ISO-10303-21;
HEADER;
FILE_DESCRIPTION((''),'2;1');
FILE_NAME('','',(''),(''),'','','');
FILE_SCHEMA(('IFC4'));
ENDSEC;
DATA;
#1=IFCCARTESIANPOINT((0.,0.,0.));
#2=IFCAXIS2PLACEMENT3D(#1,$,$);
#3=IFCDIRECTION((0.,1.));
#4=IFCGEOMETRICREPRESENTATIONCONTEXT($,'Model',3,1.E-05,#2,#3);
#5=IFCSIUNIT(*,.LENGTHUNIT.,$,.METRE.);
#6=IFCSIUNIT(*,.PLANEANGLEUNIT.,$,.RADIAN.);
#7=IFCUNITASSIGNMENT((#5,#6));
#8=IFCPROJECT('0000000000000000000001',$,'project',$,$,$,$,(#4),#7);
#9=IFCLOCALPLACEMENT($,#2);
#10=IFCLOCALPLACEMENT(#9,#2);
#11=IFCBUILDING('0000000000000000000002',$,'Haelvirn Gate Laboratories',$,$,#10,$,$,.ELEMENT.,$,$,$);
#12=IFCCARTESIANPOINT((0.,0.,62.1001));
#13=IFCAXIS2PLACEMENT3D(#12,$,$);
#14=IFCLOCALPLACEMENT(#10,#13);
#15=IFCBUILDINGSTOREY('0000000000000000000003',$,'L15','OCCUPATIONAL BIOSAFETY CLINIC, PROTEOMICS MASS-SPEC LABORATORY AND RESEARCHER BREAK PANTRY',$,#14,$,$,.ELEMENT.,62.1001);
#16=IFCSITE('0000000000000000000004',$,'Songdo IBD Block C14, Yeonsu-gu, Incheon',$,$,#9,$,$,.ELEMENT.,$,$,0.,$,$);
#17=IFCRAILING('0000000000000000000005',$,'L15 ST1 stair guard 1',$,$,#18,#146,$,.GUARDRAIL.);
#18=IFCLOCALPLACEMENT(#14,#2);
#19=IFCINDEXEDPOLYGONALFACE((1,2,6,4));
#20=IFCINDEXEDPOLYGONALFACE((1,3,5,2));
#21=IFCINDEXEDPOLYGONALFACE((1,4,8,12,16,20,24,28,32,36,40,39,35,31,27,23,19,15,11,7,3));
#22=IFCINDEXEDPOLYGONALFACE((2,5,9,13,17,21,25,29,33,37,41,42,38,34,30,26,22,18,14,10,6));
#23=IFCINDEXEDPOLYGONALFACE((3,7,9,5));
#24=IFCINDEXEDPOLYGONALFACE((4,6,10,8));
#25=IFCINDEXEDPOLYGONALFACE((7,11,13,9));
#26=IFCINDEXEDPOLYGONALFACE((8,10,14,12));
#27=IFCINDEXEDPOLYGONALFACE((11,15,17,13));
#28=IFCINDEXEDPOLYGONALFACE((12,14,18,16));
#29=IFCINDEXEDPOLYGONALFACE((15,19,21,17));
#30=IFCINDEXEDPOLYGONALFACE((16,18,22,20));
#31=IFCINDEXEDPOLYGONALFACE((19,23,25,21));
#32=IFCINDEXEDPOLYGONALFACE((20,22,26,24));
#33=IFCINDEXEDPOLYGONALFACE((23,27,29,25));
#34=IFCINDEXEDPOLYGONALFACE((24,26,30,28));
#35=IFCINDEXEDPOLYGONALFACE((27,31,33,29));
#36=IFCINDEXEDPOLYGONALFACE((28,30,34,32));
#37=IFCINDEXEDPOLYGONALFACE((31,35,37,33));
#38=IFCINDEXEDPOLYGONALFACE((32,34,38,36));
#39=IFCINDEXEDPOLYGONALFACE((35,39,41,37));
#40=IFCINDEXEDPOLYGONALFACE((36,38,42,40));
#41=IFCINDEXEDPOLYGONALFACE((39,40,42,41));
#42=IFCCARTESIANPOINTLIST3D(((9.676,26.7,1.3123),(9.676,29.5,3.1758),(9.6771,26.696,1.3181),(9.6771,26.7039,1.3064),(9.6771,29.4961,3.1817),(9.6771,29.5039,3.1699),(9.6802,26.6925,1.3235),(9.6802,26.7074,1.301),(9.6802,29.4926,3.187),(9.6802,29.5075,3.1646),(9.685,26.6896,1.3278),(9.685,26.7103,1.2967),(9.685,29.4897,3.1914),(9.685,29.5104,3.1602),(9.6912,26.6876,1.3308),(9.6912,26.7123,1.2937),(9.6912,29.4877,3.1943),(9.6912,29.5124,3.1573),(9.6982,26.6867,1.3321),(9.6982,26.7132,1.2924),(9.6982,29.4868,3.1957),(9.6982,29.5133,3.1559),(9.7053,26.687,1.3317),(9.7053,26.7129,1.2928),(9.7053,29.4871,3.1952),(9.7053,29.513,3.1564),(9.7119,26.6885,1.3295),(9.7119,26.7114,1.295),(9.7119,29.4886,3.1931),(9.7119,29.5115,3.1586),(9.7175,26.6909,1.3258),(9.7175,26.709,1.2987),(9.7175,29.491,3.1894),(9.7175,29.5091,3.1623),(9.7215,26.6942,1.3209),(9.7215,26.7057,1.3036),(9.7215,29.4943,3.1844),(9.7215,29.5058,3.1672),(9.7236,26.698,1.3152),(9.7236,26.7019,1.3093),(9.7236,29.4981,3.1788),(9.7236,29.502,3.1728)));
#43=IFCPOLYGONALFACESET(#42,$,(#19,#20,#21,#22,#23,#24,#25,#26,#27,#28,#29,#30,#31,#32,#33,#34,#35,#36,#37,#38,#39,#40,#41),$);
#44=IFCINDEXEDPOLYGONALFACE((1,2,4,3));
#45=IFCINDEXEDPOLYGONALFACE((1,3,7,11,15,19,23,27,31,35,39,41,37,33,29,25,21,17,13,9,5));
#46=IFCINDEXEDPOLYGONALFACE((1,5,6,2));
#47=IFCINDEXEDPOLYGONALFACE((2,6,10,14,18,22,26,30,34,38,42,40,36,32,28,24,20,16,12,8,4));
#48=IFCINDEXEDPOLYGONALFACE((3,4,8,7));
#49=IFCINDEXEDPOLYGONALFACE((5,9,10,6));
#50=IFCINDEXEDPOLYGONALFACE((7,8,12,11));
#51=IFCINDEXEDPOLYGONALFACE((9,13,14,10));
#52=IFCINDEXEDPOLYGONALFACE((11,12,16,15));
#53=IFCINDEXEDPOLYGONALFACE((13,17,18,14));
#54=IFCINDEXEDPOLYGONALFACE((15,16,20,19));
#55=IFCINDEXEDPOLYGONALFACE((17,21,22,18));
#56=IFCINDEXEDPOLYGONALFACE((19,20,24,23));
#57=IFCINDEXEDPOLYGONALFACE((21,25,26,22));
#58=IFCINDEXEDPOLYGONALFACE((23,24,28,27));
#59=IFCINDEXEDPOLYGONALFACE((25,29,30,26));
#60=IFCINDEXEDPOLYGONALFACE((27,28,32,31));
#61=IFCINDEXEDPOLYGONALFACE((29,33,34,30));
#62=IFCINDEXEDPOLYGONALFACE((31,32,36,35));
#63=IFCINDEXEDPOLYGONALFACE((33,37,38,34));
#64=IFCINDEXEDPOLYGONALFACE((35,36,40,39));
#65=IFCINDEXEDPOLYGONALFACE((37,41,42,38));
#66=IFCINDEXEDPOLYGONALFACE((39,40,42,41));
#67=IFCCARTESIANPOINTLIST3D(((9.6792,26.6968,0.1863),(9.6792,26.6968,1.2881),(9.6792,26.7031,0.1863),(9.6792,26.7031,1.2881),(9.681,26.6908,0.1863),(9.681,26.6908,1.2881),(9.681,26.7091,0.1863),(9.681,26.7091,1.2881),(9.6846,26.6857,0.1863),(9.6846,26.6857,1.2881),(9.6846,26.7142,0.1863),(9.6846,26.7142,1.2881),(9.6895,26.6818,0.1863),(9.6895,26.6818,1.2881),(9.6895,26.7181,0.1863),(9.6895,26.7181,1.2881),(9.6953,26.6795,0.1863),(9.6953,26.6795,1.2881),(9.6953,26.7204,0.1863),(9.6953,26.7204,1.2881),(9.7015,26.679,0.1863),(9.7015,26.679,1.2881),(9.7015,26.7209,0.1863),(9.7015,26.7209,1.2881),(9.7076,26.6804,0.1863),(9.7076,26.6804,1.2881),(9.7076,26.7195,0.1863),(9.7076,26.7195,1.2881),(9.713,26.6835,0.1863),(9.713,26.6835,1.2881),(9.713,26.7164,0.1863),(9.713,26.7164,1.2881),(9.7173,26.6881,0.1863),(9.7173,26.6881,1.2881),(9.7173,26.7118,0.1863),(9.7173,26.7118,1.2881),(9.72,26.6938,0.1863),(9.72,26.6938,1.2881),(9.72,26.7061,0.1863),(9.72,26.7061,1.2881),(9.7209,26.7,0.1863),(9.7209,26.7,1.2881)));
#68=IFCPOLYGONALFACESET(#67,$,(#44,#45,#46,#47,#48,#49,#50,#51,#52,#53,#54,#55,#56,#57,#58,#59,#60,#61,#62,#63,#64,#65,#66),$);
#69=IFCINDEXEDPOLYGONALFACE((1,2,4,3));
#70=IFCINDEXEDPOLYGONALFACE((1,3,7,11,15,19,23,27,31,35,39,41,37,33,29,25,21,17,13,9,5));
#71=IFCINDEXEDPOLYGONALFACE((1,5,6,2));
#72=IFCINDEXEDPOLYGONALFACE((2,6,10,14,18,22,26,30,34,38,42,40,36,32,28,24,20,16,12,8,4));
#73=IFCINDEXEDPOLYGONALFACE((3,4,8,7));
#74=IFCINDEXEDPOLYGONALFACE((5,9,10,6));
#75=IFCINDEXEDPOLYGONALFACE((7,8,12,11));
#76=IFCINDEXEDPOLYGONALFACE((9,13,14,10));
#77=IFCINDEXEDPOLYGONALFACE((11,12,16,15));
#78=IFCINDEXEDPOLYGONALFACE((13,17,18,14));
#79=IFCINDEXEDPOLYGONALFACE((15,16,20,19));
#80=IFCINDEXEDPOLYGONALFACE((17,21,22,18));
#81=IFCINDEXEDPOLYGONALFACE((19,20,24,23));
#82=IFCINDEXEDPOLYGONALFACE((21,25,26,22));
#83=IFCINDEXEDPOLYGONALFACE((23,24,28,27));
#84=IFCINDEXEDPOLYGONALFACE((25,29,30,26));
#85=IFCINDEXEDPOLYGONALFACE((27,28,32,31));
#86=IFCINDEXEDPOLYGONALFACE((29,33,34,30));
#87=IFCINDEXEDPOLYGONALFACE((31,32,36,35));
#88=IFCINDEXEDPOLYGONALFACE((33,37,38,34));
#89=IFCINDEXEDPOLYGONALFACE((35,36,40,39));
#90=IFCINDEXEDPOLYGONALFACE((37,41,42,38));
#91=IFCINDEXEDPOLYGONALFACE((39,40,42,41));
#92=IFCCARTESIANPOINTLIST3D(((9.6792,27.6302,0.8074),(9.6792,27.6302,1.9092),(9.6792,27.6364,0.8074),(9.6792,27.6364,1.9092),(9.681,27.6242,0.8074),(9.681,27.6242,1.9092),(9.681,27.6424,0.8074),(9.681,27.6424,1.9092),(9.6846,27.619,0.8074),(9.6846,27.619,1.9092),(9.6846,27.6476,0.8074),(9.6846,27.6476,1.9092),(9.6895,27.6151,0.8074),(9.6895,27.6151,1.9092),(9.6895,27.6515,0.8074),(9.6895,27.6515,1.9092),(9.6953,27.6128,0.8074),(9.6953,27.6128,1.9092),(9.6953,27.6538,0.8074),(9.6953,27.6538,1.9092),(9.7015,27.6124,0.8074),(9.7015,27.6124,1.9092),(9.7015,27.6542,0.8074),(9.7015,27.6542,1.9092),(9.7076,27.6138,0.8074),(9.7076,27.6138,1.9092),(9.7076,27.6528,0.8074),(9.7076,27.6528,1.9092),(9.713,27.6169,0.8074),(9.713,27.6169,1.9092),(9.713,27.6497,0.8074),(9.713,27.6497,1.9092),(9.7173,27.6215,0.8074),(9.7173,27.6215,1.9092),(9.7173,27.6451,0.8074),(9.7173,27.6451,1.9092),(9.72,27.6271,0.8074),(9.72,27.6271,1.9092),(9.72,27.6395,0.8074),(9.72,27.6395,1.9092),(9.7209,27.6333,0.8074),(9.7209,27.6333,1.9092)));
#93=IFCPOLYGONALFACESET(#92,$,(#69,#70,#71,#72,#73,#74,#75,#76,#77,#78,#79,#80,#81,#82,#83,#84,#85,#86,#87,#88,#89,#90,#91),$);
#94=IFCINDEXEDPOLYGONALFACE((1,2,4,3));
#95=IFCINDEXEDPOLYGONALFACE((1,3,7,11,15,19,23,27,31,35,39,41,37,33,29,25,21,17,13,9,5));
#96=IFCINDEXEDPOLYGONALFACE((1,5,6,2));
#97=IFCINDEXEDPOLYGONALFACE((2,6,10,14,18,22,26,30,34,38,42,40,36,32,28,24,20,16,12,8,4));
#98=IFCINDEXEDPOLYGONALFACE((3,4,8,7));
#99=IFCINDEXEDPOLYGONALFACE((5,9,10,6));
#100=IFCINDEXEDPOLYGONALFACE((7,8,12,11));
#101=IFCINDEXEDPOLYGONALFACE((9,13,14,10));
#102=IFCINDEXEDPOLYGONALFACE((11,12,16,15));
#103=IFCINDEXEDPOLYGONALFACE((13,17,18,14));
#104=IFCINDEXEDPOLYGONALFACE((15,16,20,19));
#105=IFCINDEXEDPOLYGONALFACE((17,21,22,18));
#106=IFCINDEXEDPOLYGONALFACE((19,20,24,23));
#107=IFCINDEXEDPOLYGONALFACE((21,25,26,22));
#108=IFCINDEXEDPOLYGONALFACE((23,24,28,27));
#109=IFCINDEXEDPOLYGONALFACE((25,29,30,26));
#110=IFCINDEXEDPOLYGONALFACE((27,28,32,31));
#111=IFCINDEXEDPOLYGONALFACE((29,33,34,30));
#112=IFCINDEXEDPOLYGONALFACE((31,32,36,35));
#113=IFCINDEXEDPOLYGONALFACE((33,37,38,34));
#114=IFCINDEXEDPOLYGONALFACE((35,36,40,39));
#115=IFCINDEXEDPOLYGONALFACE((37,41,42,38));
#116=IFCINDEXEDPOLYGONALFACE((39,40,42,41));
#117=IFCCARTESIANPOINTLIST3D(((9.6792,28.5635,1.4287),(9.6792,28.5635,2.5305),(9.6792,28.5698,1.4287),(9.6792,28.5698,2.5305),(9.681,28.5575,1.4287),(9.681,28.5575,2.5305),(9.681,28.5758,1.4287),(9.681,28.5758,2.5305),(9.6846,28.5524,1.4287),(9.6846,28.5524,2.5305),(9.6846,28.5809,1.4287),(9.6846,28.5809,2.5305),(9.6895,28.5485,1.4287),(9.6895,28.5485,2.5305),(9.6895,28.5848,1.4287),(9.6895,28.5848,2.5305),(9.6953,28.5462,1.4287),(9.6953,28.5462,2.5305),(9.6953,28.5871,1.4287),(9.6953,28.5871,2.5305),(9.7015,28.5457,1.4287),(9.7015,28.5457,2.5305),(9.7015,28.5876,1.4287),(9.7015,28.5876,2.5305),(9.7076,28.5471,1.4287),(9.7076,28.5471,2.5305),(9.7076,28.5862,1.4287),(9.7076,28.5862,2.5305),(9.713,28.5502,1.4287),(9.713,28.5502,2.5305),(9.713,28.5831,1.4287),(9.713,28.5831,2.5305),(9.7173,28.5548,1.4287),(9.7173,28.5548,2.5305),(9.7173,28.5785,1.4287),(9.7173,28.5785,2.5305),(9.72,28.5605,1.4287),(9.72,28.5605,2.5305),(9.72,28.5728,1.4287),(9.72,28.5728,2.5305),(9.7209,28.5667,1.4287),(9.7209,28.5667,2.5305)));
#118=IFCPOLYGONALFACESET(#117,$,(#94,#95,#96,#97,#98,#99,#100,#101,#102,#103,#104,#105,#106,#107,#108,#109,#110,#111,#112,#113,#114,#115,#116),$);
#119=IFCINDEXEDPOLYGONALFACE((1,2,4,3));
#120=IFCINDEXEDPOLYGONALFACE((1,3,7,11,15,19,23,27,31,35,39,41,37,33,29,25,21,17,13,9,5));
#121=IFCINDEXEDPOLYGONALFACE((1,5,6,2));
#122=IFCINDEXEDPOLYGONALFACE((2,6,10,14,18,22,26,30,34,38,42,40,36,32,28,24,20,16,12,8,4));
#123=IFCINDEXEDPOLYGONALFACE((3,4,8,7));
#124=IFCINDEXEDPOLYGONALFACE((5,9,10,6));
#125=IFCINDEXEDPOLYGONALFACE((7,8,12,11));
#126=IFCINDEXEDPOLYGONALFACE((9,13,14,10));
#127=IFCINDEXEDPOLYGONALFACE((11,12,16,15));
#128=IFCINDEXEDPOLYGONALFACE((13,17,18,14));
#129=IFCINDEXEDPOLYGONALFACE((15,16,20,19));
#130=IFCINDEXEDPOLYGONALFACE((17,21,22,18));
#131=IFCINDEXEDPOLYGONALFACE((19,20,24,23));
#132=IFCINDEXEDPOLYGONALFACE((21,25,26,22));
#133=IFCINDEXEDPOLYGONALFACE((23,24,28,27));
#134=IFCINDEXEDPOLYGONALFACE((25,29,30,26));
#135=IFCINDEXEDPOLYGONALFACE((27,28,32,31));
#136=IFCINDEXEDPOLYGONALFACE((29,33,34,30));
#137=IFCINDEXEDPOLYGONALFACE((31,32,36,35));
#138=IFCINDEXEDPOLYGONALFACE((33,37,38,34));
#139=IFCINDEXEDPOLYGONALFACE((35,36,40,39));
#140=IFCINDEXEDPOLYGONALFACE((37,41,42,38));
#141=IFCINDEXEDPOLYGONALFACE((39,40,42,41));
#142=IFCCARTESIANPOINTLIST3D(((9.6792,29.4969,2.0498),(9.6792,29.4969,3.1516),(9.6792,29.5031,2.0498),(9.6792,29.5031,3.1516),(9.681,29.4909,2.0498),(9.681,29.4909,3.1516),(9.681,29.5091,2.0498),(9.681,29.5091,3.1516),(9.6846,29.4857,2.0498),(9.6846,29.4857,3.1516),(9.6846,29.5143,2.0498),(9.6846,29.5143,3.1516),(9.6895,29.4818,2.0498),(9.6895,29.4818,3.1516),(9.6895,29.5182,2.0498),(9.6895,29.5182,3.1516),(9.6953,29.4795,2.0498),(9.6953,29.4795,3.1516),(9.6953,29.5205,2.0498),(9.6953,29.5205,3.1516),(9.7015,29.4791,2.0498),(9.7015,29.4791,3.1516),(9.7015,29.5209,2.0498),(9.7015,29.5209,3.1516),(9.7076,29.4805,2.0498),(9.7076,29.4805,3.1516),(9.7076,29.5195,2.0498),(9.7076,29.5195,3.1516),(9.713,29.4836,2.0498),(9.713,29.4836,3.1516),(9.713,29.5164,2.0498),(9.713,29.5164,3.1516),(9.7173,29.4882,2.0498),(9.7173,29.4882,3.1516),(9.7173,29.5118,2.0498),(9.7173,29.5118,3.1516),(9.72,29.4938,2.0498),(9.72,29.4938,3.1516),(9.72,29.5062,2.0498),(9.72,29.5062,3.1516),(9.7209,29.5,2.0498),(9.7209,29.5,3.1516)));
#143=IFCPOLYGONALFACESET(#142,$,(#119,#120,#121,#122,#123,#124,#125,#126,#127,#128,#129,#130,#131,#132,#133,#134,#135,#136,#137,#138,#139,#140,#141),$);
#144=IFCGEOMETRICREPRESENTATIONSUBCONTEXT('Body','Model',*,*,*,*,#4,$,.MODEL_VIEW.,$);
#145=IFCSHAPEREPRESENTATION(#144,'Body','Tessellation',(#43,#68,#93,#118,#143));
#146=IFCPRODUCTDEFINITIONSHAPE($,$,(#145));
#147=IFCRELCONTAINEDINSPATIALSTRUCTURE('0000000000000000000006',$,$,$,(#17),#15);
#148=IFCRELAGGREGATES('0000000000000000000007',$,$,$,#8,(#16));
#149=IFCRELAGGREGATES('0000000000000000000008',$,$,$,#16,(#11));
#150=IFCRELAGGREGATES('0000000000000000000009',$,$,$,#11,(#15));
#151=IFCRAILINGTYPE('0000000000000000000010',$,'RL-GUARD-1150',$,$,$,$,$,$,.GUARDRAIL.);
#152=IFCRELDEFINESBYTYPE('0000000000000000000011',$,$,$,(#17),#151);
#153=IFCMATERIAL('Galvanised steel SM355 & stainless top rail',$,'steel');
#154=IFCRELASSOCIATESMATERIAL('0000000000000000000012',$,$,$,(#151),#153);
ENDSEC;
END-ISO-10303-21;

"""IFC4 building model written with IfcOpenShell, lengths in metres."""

from ifc_helpers import new_model, si_unit, direction, frame, origin, origin_2d, place, context, subcontext, project, spatial, circle, extrude, source, transform, mapped, material, type_object, element, save


model = new_model("IFC4")

# Units and contexts
model_context = context("Model", 3, precision=1e-05, world=origin(), true_north=direction((0.0, 1.0)))
body_context = subcontext(model_context, "Body", "Model", "MODEL_VIEW")
ifc_project = project(units=[si_unit("LENGTHUNIT", "METRE"), si_unit("PLANEANGLEUNIT", "RADIAN")], contexts=[model_context])

# Site, building, storey
site_placement = place(None, origin())
site = spatial("IfcSite", under=ifc_project, at=site_placement, Name="Songdo IBD Block C14, Yeonsu-gu, Incheon", CompositionType="ELEMENT", RefElevation=0.0)
building_placement = place(site_placement, origin())
building = spatial("IfcBuilding", under=site, at=building_placement, Name="Haelvirn Gate Laboratories", CompositionType="ELEMENT")
storey_placement = place(building_placement, frame((0.0, 0.0, 62.1001)))
storey = spatial("IfcBuildingStorey", under=building, at=storey_placement, Name="L15", Description="OCCUPATIONAL BIOSAFETY CLINIC, PROTEOMICS MASS-SPEC LABORATORY AND RESEARCHER BREAK PANTRY", CompositionType="ELEMENT", Elevation=62.1001)

# Railing
ifc_material_1 = material(Name="Galvanised steel SM355 & stainless top rail", Category="steel")
railing_type_1 = type_object("IfcRailingType", Name="RL-GUARD-1150", PredefinedType="GUARDRAIL", material=ifc_material_1)
shared_shape_1 = source(origin(), body_context, "Body", "SweptSolid", [
    extrude(circle(Radius=0.0239, at=origin_2d()), frame((0.0, 0.0, 1.126), z_axis=(0.0, 0.832486, 0.554047), x_axis=(-1.0, 0.0, 0.0)), (0.0, 0.0, 1.0), 3.3635),
    extrude(circle(Radius=0.021, at=origin_2d()), origin(), (0.0, 0.0, 1.0), 1.1018),
    extrude(circle(Radius=0.021, at=origin_2d()), frame((0.0, 0.9333, 0.6211)), (0.0, 0.0, 1.0), 1.1018),
    extrude(circle(Radius=0.021, at=origin_2d()), frame((0.0, 1.8667, 1.2424)), (0.0, 0.0, 1.0), 1.1018),
    extrude(circle(Radius=0.021, at=origin_2d()), frame((0.0, 2.8, 1.8635)), (0.0, 0.0, 1.0), 1.1018),
])
railing_1_placement = place(storey_placement, frame((9.7, 26.7, 0.1863)))
element("IfcRailing", 1, at=railing_1_placement, inside=storey, type_object=railing_type_1, Name="L15 ST1 stair guard 1", PredefinedType="GUARDRAIL", context=body_context, shape_type="MappedRepresentation", body=[
    mapped(shared_shape_1, transform((0.0, 0.0, 0.0), scale=1.0)),
])

save(model, "model.ifc")
